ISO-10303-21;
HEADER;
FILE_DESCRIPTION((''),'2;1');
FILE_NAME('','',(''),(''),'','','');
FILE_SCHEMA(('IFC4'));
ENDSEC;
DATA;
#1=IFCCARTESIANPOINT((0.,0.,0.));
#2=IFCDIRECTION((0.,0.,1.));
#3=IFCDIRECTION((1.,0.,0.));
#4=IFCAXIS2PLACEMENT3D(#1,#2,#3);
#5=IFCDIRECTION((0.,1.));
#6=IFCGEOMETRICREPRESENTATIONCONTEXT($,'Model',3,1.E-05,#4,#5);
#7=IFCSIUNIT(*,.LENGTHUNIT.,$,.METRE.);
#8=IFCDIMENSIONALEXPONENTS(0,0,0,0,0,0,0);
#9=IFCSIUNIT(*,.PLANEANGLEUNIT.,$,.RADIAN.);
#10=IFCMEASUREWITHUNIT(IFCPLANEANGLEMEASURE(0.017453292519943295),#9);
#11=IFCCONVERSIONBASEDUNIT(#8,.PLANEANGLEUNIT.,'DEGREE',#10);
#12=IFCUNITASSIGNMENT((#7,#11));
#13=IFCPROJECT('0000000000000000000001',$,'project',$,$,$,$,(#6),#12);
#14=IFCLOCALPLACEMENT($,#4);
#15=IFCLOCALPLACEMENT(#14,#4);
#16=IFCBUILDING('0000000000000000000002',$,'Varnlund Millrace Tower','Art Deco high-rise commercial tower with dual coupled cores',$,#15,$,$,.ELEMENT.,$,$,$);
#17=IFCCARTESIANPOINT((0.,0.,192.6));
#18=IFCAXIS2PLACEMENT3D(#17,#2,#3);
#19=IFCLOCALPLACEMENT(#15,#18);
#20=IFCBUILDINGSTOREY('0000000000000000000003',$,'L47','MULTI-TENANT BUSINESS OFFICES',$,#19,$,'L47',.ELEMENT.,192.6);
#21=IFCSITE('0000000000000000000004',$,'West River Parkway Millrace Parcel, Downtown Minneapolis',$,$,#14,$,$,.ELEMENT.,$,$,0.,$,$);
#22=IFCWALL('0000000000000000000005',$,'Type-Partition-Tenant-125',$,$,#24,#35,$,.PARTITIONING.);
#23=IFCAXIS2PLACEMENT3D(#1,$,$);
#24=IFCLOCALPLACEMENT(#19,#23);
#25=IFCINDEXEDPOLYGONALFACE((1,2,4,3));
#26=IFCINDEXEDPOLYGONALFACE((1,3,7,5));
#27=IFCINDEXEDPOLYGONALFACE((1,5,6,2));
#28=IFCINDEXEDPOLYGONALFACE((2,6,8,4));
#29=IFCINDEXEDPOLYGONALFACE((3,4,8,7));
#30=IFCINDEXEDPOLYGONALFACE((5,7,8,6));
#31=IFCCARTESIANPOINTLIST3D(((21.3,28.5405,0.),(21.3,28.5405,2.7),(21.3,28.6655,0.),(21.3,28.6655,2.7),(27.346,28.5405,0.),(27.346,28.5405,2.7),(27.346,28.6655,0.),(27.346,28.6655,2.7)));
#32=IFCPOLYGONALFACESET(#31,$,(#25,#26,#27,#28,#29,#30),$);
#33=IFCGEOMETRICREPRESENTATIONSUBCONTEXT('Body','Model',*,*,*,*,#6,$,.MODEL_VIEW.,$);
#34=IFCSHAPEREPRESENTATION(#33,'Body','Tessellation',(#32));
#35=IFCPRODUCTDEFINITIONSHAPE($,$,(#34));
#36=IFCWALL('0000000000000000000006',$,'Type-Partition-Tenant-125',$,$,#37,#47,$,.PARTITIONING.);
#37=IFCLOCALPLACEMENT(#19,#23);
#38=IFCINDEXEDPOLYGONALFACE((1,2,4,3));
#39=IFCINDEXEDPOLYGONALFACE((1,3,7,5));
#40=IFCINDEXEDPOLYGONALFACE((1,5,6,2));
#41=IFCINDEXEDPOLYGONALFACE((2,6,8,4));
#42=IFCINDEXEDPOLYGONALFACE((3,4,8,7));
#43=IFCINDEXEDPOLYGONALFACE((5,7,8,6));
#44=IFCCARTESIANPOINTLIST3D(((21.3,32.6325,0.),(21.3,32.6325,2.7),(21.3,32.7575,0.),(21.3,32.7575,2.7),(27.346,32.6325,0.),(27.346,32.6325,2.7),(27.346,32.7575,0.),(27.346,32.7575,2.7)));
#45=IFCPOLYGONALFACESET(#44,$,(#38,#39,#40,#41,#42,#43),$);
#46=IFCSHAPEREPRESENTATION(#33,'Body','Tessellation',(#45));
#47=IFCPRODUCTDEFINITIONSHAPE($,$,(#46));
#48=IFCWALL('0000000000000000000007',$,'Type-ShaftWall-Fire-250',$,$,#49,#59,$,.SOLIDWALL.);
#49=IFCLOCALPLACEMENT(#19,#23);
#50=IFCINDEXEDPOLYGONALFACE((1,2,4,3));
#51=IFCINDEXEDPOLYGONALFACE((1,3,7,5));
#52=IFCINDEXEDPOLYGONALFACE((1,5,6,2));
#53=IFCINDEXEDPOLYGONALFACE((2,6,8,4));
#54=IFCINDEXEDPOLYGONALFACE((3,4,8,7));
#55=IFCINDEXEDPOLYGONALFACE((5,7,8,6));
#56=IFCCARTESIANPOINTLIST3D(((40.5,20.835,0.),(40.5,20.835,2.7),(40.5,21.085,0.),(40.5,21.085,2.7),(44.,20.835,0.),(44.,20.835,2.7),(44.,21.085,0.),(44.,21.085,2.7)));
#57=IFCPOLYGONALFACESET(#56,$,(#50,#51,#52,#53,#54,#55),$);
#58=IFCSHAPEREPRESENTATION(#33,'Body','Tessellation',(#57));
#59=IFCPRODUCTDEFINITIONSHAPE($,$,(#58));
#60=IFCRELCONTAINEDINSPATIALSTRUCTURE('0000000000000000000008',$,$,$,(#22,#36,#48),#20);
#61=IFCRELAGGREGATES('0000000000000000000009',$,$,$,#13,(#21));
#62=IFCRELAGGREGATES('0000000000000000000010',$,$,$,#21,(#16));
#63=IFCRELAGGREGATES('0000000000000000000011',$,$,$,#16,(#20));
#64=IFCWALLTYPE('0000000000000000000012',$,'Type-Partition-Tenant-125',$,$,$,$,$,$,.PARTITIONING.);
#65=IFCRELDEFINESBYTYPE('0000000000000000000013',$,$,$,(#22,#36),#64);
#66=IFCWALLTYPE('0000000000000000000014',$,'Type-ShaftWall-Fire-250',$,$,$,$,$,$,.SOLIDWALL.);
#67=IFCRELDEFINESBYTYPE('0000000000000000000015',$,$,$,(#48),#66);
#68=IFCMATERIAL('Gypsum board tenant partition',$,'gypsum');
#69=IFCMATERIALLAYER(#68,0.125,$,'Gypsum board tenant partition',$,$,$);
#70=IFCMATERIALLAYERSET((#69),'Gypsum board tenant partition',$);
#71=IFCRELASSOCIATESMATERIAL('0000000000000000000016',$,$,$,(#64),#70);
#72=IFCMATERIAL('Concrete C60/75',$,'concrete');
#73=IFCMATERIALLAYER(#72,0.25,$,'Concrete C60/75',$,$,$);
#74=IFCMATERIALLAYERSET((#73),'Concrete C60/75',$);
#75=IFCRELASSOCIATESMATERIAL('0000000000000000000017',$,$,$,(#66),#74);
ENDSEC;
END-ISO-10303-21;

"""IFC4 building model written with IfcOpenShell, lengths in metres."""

from ifc_helpers import new_model, entity, si_unit, converted_unit, direction, frame, origin_with_axes, place, context, subcontext, project, spatial, polyline, outline, extrude, material, layer, layer_set, type_object, element, save


model = new_model("IFC4")

# Units and contexts
model_context = context("Model", 3, precision=1e-05, world=origin_with_axes(), true_north=direction((0.0, 1.0)))
body_context = subcontext(model_context, "Body", "Model", "MODEL_VIEW")
ifc_project = project(units=[si_unit("LENGTHUNIT", "METRE"), converted_unit("PLANEANGLEUNIT", "DEGREE", entity("IfcPlaneAngleMeasure", 0.017453292519943295), si_unit("PLANEANGLEUNIT", "RADIAN"), dimensions=[0, 0, 0, 0, 0, 0, 0])], contexts=[model_context])

# Site, building, storey
site_placement = place(None, origin_with_axes())
site = spatial("IfcSite", under=ifc_project, at=site_placement, Name="West River Parkway Millrace Parcel, Downtown Minneapolis", CompositionType="ELEMENT", RefElevation=0.0)
building_placement = place(site_placement, origin_with_axes())
building = spatial("IfcBuilding", under=site, at=building_placement, Name="Varnlund Millrace Tower", Description="Art Deco high-rise commercial tower with dual coupled cores", CompositionType="ELEMENT")
storey_placement = place(building_placement, frame((0.0, 0.0, 192.6), z_axis=(0.0, 0.0, 1.0), x_axis=(1.0, 0.0, 0.0)))
storey = spatial("IfcBuildingStorey", under=building, at=storey_placement, Name="L47", Description="MULTI-TENANT BUSINESS OFFICES", LongName="L47", CompositionType="ELEMENT", Elevation=192.6)

# Walls
ifc_material_1 = material(Name="Gypsum board tenant partition", Category="gypsum")
ifc_layer_1 = layer(ifc_material_1, 0.125, Name="Gypsum board tenant partition")
ifc_layer_set_1 = layer_set([ifc_layer_1], Name="Gypsum board tenant partition")
wall_type_1 = type_object("IfcWallType", Name="Type-Partition-Tenant-125", PredefinedType="PARTITIONING", material=ifc_layer_set_1)
for number, where, z_axis, x_axis, name in (
    (1, (21.3, 28.603, 0.0), (0.0, 0.0, 1.0), (1.0, 0.0, 0.0), "Type-Partition-Tenant-125"),
    (2, (21.3, 32.695, 0.0), (0.0, 0.0, 1.0), (1.0, 0.0, 0.0), "Type-Partition-Tenant-125"),
):
    element("IfcWall", number, at=place(storey_placement, frame(where, z_axis=z_axis, x_axis=x_axis)), inside=storey, type_object=wall_type_1, Name=name, PredefinedType="PARTITIONING", context=body_context, shape_type="SweptSolid", body=[
        extrude(outline(polyline([(0.0, -0.0625), (6.046, -0.0625), (6.046, 0.0625), (0.0, 0.0625), (0.0, -0.0625)])), origin_with_axes(), (0.0, 0.0, 1.0), 2.7),
    ])
ifc_material_2 = material(Name="Concrete C60/75", Category="concrete")
ifc_layer_2 = layer(ifc_material_2, 0.25, Name="Concrete C60/75")
ifc_layer_set_2 = layer_set([ifc_layer_2], Name="Concrete C60/75")
wall_type_2 = type_object("IfcWallType", Name="Type-ShaftWall-Fire-250", PredefinedType="SOLIDWALL", material=ifc_layer_set_2)
wall_placement = place(storey_placement, frame((40.5, 20.96, 0.0), z_axis=(0.0, 0.0, 1.0), x_axis=(1.0, 0.0, 0.0)))
element("IfcWall", 3, at=wall_placement, inside=storey, type_object=wall_type_2, Name="Type-ShaftWall-Fire-250", PredefinedType="SOLIDWALL", context=body_context, shape_type="SweptSolid", body=[
    extrude(outline(polyline([(0.0, -0.125), (3.5, -0.125), (3.5, 0.125), (0.0, 0.125), (0.0, -0.125)])), origin_with_axes(), (0.0, 0.0, 1.0), 2.7),
])

save(model, "model.ifc")
